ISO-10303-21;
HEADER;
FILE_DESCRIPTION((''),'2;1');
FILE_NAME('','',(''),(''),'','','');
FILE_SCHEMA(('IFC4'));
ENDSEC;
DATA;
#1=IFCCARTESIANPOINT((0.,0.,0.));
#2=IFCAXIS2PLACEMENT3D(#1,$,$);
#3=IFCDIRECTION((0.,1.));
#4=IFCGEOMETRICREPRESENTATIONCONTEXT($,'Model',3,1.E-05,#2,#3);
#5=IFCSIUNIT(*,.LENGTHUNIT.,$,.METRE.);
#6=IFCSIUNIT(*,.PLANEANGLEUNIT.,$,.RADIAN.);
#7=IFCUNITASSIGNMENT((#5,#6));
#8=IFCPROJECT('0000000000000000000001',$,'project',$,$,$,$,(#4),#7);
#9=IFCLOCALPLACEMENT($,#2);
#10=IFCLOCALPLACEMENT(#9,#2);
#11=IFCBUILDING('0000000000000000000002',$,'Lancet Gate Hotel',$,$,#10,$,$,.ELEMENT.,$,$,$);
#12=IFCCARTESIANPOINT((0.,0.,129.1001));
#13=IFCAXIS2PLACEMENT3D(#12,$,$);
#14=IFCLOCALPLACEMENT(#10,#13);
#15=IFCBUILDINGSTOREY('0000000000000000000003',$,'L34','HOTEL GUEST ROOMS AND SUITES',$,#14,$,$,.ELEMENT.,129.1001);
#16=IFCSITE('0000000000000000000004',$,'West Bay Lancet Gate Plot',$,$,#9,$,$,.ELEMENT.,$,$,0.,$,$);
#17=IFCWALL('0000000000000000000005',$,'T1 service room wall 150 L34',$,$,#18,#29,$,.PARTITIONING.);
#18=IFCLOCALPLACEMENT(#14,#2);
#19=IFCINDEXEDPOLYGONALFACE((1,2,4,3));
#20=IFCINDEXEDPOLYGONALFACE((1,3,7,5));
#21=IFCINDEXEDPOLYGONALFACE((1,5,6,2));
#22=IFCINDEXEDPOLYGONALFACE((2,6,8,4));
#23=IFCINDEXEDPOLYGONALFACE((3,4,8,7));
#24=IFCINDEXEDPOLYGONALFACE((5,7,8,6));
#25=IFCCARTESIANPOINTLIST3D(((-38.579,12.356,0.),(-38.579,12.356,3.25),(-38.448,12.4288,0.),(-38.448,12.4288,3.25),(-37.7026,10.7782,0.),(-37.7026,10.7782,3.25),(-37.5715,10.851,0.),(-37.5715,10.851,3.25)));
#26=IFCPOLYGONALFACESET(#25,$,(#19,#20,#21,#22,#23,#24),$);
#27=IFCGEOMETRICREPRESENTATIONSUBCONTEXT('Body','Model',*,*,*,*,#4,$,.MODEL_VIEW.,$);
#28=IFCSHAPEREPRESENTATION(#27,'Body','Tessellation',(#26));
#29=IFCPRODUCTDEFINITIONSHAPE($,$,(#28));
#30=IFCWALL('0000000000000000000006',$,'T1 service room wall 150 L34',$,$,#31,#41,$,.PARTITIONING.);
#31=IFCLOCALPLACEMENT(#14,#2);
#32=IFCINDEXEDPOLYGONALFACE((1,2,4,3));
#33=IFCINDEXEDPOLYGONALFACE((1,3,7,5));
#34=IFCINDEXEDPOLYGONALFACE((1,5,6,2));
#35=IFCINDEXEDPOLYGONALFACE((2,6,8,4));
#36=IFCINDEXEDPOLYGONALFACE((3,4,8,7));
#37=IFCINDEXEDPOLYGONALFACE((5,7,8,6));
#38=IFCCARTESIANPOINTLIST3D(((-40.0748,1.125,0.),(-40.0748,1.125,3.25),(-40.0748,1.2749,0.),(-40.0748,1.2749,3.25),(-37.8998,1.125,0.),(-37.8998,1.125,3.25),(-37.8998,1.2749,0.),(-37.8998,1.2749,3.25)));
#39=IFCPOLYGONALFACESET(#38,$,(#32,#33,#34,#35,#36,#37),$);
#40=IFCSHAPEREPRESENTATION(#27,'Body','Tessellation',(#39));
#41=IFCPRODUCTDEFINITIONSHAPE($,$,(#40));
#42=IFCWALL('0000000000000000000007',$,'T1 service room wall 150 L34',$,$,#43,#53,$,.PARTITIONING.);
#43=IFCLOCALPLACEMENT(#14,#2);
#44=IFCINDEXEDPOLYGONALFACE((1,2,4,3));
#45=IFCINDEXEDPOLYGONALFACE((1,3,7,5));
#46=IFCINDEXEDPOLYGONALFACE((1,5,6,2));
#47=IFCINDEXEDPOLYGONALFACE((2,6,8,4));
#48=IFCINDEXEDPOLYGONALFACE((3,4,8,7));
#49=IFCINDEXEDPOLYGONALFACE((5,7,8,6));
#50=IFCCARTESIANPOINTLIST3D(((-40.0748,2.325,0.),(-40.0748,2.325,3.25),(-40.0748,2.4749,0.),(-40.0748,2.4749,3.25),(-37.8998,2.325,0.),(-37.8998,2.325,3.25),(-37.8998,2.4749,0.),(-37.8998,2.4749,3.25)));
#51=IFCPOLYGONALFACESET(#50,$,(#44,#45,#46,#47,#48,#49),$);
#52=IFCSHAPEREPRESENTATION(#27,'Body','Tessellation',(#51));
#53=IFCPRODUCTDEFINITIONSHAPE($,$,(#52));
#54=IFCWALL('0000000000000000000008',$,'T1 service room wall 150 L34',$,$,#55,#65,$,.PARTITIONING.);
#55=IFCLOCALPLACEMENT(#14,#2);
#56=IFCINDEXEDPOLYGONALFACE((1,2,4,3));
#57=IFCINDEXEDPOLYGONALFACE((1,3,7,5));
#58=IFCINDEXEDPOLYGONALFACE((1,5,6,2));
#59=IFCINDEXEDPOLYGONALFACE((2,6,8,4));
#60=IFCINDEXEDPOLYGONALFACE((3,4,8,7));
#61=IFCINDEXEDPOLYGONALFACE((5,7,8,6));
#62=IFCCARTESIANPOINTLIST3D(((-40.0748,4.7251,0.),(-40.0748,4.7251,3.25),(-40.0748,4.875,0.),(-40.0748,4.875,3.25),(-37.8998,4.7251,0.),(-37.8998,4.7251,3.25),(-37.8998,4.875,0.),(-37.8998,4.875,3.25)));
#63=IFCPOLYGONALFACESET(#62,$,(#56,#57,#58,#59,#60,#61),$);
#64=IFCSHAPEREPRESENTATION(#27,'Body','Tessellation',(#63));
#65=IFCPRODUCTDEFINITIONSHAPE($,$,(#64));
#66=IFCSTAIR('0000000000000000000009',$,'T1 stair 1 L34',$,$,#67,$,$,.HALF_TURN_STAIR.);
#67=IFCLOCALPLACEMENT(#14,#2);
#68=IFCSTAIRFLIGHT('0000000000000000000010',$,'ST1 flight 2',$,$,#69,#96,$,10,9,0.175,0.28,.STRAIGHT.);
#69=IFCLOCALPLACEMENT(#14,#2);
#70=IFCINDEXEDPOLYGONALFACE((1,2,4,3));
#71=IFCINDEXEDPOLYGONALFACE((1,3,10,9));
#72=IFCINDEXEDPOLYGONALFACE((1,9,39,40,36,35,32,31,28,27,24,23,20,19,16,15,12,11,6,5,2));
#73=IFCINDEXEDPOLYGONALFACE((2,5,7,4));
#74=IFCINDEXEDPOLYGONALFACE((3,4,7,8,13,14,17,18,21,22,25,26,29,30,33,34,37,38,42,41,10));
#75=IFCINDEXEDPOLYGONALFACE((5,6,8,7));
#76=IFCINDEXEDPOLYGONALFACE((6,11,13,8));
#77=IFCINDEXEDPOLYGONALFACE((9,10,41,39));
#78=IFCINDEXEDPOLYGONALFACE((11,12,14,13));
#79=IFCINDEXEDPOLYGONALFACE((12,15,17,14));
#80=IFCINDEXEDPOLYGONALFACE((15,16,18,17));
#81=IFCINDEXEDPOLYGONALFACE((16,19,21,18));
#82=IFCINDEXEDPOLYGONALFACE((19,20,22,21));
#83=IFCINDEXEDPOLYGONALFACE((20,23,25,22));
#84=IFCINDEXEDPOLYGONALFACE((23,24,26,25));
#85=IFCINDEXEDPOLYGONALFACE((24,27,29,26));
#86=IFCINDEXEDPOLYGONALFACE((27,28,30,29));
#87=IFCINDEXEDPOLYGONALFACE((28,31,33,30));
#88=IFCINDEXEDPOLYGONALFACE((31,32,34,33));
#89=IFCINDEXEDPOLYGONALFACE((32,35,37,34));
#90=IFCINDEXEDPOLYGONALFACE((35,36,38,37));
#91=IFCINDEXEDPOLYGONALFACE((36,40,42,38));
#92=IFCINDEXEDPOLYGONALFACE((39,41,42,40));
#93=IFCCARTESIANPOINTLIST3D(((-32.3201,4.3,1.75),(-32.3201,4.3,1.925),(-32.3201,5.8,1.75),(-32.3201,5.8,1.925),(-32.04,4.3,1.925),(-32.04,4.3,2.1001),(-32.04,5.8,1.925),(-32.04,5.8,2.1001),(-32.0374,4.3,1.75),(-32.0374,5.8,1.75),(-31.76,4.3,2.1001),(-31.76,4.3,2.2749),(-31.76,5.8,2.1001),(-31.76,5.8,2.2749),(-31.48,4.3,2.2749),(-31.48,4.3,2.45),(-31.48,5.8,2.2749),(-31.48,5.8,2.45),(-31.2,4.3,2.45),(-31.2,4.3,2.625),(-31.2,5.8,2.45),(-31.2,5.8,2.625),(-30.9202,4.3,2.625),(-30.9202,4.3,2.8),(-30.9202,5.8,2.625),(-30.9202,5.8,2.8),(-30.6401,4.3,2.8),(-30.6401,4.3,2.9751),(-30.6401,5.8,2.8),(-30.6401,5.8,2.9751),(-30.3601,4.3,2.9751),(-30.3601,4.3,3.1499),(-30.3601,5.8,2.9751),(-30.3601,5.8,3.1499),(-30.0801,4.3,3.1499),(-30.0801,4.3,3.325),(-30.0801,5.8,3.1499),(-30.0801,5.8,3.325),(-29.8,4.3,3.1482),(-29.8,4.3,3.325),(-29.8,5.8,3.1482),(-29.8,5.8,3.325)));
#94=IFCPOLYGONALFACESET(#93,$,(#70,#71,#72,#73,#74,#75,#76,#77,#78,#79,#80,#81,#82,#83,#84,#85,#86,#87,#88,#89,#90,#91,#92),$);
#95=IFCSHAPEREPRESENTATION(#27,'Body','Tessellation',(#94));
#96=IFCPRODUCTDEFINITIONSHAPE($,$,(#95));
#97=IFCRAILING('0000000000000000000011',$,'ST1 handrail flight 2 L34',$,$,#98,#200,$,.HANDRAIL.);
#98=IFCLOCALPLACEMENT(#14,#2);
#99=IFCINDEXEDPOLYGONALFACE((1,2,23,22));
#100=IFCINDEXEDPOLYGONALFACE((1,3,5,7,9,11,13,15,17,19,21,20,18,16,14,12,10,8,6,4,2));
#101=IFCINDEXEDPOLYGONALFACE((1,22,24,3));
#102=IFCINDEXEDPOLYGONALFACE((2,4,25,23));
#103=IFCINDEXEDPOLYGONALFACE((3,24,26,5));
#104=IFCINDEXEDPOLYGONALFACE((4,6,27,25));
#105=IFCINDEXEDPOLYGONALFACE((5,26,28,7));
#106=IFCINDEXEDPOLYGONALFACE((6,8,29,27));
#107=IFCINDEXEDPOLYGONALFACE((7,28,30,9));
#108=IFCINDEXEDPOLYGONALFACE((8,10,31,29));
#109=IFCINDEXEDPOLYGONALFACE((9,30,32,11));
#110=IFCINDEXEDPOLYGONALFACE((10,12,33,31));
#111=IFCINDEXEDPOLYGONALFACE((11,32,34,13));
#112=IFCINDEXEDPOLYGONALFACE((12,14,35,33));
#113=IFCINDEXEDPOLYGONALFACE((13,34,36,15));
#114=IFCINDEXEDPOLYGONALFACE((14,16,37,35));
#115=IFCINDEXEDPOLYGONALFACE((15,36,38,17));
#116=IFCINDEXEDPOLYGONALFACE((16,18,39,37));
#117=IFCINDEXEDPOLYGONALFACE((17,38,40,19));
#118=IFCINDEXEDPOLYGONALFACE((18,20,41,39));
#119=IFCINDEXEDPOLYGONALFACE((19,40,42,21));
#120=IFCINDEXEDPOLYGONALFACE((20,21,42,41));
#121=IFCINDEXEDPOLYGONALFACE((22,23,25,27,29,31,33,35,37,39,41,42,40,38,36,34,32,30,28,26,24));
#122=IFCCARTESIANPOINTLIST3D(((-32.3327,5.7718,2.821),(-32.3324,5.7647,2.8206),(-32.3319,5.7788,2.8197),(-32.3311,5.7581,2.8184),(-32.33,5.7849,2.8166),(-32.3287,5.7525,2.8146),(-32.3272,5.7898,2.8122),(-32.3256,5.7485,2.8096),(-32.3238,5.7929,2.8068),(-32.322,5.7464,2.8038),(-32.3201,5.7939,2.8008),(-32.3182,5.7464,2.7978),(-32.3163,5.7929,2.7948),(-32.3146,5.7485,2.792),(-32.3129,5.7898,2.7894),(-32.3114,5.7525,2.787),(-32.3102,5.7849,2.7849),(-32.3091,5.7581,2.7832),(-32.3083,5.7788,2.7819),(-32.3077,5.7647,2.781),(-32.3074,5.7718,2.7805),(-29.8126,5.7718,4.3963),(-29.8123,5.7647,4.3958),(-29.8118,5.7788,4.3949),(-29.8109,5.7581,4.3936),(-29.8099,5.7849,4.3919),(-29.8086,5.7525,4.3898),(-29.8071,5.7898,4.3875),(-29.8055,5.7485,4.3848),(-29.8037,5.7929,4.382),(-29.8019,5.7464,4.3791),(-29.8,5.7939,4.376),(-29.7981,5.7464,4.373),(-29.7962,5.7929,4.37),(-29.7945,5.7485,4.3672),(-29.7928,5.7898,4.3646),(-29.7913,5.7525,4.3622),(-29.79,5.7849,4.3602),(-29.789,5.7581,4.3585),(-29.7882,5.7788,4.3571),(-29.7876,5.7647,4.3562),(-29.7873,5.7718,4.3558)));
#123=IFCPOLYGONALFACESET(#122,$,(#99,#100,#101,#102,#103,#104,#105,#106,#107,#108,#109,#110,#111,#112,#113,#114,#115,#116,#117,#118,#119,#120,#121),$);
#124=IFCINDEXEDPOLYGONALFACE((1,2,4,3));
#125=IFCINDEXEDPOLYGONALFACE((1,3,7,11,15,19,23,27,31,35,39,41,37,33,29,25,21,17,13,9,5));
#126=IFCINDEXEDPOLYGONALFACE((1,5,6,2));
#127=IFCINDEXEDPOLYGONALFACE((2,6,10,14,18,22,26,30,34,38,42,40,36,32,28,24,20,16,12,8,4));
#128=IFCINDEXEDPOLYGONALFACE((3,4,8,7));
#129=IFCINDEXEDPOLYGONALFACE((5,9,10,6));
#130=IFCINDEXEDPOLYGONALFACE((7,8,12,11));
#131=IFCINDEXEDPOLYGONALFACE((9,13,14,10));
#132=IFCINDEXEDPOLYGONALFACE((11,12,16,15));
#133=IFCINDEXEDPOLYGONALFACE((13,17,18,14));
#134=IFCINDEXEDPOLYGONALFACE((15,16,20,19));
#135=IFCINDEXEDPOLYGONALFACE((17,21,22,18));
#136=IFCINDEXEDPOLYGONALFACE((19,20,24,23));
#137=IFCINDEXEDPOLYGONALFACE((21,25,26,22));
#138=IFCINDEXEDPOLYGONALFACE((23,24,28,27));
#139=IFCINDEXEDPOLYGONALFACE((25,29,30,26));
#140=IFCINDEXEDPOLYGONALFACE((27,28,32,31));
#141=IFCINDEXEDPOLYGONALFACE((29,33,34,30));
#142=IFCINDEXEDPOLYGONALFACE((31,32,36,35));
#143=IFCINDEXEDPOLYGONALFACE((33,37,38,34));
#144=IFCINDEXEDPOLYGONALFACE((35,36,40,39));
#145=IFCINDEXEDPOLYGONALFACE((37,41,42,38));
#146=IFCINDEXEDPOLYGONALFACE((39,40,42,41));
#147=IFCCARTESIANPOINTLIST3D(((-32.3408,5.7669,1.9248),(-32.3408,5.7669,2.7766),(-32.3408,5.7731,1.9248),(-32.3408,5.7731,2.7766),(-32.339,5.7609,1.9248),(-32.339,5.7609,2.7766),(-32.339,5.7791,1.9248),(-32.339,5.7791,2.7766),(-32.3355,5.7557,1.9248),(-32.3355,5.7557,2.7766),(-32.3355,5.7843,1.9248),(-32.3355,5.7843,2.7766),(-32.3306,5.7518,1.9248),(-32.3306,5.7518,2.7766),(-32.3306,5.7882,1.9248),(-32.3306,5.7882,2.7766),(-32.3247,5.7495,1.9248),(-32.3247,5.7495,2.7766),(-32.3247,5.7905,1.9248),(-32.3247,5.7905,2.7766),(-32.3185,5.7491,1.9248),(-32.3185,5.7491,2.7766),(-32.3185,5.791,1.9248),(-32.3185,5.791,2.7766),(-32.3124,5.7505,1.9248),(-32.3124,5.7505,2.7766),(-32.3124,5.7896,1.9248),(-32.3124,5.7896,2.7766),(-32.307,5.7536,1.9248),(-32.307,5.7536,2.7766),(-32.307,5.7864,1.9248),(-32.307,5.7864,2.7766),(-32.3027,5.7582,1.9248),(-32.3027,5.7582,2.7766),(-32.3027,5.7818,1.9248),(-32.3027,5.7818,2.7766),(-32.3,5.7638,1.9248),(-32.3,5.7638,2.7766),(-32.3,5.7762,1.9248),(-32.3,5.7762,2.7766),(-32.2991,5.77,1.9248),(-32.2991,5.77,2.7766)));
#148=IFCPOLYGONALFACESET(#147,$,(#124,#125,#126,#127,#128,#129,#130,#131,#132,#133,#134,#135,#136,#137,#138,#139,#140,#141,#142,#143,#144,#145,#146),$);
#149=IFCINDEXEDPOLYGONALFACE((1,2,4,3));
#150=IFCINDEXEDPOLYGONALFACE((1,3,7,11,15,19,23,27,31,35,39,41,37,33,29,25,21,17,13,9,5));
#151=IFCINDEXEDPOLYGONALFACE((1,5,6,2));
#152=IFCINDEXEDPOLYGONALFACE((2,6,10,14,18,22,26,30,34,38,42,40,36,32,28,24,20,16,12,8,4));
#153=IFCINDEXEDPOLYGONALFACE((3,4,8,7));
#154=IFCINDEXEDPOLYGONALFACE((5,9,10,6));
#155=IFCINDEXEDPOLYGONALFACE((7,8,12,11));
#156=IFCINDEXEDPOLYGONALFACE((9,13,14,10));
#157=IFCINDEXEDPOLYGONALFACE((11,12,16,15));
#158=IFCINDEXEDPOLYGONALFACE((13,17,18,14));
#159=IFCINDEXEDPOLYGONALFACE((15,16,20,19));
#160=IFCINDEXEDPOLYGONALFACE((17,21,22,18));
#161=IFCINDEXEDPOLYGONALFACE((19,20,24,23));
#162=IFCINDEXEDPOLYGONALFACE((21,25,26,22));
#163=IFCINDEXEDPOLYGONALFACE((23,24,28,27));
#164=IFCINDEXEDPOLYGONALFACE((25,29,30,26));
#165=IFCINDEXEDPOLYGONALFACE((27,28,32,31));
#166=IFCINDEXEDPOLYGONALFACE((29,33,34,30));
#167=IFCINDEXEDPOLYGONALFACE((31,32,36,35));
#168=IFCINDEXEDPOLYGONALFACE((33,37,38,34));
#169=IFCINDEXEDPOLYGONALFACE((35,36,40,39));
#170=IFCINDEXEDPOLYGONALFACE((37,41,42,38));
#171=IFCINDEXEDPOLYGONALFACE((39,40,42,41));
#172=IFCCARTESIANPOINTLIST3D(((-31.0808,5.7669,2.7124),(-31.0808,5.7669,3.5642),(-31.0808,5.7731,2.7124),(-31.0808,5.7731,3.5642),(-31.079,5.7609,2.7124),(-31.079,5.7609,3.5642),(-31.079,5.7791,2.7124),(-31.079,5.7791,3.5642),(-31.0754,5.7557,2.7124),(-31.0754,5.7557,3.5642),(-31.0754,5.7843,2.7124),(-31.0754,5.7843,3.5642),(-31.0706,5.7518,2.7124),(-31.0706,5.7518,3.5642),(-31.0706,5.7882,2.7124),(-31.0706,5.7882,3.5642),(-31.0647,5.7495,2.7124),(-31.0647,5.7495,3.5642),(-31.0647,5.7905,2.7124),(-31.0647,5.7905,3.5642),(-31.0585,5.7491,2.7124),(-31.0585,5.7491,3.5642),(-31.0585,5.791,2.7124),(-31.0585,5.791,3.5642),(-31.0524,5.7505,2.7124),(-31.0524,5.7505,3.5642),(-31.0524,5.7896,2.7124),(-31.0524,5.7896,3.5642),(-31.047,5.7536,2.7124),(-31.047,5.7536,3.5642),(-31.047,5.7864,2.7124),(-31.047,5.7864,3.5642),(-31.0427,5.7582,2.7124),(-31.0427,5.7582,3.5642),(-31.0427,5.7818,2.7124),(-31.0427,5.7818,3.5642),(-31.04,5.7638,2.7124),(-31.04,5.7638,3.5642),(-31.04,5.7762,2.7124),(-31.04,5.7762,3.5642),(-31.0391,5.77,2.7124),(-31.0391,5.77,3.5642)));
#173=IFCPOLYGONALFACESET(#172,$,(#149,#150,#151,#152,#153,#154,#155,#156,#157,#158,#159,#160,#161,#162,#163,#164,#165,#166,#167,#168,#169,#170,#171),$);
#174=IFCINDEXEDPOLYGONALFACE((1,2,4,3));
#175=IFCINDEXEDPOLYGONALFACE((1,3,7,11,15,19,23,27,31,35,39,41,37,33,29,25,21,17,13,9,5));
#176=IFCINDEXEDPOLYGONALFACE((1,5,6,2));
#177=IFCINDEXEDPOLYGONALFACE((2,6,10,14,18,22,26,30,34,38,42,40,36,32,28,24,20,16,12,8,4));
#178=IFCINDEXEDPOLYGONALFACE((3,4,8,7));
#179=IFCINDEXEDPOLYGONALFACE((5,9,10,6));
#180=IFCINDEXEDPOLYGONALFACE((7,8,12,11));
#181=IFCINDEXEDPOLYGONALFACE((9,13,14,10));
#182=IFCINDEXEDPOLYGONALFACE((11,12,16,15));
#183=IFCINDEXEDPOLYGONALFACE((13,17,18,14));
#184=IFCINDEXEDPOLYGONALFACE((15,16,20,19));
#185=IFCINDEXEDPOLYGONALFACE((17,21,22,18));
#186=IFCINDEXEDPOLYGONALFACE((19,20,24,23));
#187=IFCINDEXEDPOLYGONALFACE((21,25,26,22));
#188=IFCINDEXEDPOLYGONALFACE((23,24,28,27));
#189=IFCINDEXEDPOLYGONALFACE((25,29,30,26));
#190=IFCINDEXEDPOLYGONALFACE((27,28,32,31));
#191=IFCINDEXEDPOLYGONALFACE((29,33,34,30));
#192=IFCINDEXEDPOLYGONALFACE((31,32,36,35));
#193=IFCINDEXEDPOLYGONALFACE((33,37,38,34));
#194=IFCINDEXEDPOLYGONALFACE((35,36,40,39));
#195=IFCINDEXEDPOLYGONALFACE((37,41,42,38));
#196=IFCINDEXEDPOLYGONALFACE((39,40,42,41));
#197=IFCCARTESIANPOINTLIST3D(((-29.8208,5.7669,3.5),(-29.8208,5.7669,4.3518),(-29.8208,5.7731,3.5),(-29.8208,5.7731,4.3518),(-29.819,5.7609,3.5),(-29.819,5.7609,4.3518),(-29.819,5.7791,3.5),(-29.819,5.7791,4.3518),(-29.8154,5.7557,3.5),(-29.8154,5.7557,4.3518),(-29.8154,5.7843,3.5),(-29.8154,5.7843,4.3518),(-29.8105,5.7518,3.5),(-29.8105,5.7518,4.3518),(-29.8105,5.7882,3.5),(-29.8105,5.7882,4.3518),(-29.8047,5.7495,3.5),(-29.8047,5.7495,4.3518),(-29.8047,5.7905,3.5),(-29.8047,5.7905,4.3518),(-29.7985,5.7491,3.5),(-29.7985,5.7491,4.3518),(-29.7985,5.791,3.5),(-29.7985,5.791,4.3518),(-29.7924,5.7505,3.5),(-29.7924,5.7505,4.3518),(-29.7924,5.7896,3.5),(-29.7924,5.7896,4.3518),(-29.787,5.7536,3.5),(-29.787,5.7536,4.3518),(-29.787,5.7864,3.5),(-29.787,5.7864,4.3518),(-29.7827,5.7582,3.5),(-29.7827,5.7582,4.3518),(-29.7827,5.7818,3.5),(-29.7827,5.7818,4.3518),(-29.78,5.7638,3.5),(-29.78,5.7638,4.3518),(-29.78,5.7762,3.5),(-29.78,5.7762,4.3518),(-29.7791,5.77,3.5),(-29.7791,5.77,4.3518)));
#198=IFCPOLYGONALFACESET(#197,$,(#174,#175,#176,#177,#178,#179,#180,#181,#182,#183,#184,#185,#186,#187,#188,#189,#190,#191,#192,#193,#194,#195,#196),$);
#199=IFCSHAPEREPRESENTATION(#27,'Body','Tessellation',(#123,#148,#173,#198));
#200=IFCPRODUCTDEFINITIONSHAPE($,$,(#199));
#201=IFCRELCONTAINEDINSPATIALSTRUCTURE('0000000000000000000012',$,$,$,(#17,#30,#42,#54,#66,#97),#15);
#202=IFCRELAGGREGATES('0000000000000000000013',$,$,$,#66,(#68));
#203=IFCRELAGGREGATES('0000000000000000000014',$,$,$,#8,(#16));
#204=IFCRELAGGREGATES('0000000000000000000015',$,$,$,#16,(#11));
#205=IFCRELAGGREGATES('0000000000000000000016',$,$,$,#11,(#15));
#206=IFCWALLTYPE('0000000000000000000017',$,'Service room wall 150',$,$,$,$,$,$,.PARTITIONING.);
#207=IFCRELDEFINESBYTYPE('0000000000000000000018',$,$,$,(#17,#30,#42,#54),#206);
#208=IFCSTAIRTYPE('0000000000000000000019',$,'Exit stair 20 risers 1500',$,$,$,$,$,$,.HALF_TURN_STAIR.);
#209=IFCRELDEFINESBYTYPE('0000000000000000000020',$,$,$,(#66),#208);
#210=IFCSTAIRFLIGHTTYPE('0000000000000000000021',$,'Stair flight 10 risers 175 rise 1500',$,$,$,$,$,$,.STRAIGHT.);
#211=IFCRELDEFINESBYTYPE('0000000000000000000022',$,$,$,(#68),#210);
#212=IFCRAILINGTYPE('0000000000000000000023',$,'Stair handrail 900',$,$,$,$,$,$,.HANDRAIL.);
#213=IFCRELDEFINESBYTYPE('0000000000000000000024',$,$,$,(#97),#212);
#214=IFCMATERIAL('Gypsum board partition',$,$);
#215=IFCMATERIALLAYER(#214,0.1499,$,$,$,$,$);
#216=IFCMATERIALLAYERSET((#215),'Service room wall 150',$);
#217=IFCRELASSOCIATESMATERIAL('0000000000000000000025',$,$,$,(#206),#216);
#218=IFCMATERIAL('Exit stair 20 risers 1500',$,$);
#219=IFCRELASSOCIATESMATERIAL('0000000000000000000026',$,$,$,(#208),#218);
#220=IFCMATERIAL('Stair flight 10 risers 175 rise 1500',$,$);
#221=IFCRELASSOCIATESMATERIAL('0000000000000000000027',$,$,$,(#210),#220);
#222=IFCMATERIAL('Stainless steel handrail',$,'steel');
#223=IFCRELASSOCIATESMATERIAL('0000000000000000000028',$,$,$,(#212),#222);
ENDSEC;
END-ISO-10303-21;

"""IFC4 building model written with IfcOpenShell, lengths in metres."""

from ifc_helpers import new_model, si_unit, direction, frame, frame_2d, origin, origin_2d, place, context, subcontext, project, spatial, polyline, rectangle, circle, outline, extrude, material, layer, layer_set, type_object, element, aggregate, save


model = new_model("IFC4")

# Units and contexts
model_context = context("Model", 3, precision=1e-05, world=origin(), true_north=direction((0.0, 1.0)))
body_context = subcontext(model_context, "Body", "Model", "MODEL_VIEW")
ifc_project = project(units=[si_unit("LENGTHUNIT", "METRE"), si_unit("PLANEANGLEUNIT", "RADIAN")], contexts=[model_context])

# Site, building, storey
site_placement = place(None, origin())
site = spatial("IfcSite", under=ifc_project, at=site_placement, Name="West Bay Lancet Gate Plot", CompositionType="ELEMENT", RefElevation=0.0)
building_placement = place(site_placement, origin())
building = spatial("IfcBuilding", under=site, at=building_placement, Name="Lancet Gate Hotel", CompositionType="ELEMENT")
storey_placement = place(building_placement, frame((0.0, 0.0, 129.1001)))
storey = spatial("IfcBuildingStorey", under=building, at=storey_placement, Name="L34", Description="HOTEL GUEST ROOMS AND SUITES", CompositionType="ELEMENT", Elevation=129.1001)

# Walls
ifc_material_1 = material(Name="Gypsum board partition")
ifc_layer_1 = layer(ifc_material_1, 0.1499)
ifc_layer_set_1 = layer_set([ifc_layer_1], Name="Service room wall 150")
wall_type_1 = type_object("IfcWallType", Name="Service room wall 150", PredefinedType="PARTITIONING", material=ifc_layer_set_1)
wall_1_placement = place(storey_placement, frame((-38.5134, 12.3923, 0.0), z_axis=(0.0, 0.0, 1.0), x_axis=(0.485586, -0.874189, 0.0)))
element("IfcWall", 1, at=wall_1_placement, inside=storey, type_object=wall_type_1, Name="T1 service room wall 150 L34", PredefinedType="PARTITIONING", context=body_context, shape_type="SweptSolid", body=[
    extrude(rectangle(XDim=1.8049, YDim=0.1499, at=frame_2d((0.9023, 0.0))), origin(), (0.0, 0.0, 1.0), 3.25),
])
for number, where, z_axis, x_axis, name in (
    (2, (-37.8999, 1.2, 0.0), (0.0, 0.0, 1.0), (-1.0, 0.0, 0.0), "T1 service room wall 150 L34"),
    (3, (-37.8999, 2.3999, 0.0), (0.0, 0.0, 1.0), (-1.0, 0.0, 0.0), "T1 service room wall 150 L34"),
    (4, (-37.8999, 4.8, 0.0), (0.0, 0.0, 1.0), (-1.0, 0.0, 0.0), "T1 service room wall 150 L34"),
):
    element("IfcWall", number, at=place(storey_placement, frame(where, z_axis=z_axis, x_axis=x_axis)), inside=storey, type_object=wall_type_1, Name=name, PredefinedType="PARTITIONING", context=body_context, shape_type="SweptSolid", body=[
        extrude(rectangle(XDim=2.175, YDim=0.1499, at=frame_2d((1.0874, 0.0))), origin(), (0.0, 0.0, 1.0), 3.25),
    ])

# Stair, stair flight
ifc_material_2 = material(Name="Exit stair 20 risers 1500")
stair_type = type_object("IfcStairType", Name="Exit stair 20 risers 1500", PredefinedType="HALF_TURN_STAIR", material=ifc_material_2)
stair_placement = place(storey_placement, origin())
stair = element("IfcStair", 5, at=stair_placement, inside=storey, type_object=stair_type, Name="T1 stair 1 L34", PredefinedType="HALF_TURN_STAIR")
ifc_material_3 = material(Name="Stair flight 10 risers 175 rise 1500")
stair_flight_type = type_object("IfcStairFlightType", Name="Stair flight 10 risers 175 rise 1500", PredefinedType="STRAIGHT", material=ifc_material_3)
stair_flight_placement = place(storey_placement, frame((-32.3201, 5.05, 1.75), z_axis=(0.0, 0.0, 1.0), x_axis=(1.0, 0.0, 0.0)))
stair_flight = element("IfcStairFlight", 6, at=stair_flight_placement, type_object=stair_flight_type, Name="ST1 flight 2", NumberOfRisers=10, NumberOfTreads=9, PredefinedType="STRAIGHT", RiserHeight=0.175, TreadLength=0.28, context=body_context, shape_type="SweptSolid", body=[
    extrude(outline(polyline([(0.0, 0.0), (0.0, 0.175), (0.28, 0.175), (0.28, 0.3501), (0.5601, 0.3501), (0.5601, 0.5249), (0.8401, 0.5249), (0.8401, 0.7), (1.1201, 0.7), (1.1201, 0.875), (1.3999, 0.875), (1.3999, 1.05), (1.6799, 1.05), (1.6799, 1.2251), (1.96, 1.2251), (1.96, 1.3999), (2.24, 1.3999), (2.24, 1.575), (2.52, 1.575), (2.52, 1.75), (2.52, 1.3982), (0.2827, 0.0), (0.0, 0.0)])), frame((0.0, 0.75, 0.0), z_axis=(0.0, -1.0, 0.0), x_axis=(1.0, 0.0, 0.0)), (0.0, 0.0, 1.0), 1.5),
])
aggregate(stair, [stair_flight])

# Railing
ifc_material_4 = material(Name="Stainless steel handrail", Category="steel")
railing_type = type_object("IfcRailingType", Name="Stair handrail 900", PredefinedType="HANDRAIL", material=ifc_material_4)
railing_placement = place(storey_placement, frame((-32.3201, 5.77, 1.9248)))
element("IfcRailing", 7, at=railing_placement, inside=storey, type_object=railing_type, Name="ST1 handrail flight 2 L34", PredefinedType="HANDRAIL", context=body_context, shape_type="SweptSolid", body=[
    extrude(circle(Radius=0.0239, at=origin_2d()), frame((0.0, 0.0, 0.876), z_axis=(0.847971, 0.0, 0.530043), x_axis=(0.0, 1.0, 0.0)), (0.0, 0.0, 1.0), 2.9719),
    extrude(circle(Radius=0.021, at=origin_2d()), origin(), (0.0, 0.0, 1.0), 0.8518),
    extrude(circle(Radius=0.021, at=origin_2d()), frame((1.26, 0.0, 0.7876)), (0.0, 0.0, 1.0), 0.8518),
    extrude(circle(Radius=0.021, at=origin_2d()), frame((2.52, 0.0, 1.5752)), (0.0, 0.0, 1.0), 0.8518),
])

save(model, "model.ifc")
